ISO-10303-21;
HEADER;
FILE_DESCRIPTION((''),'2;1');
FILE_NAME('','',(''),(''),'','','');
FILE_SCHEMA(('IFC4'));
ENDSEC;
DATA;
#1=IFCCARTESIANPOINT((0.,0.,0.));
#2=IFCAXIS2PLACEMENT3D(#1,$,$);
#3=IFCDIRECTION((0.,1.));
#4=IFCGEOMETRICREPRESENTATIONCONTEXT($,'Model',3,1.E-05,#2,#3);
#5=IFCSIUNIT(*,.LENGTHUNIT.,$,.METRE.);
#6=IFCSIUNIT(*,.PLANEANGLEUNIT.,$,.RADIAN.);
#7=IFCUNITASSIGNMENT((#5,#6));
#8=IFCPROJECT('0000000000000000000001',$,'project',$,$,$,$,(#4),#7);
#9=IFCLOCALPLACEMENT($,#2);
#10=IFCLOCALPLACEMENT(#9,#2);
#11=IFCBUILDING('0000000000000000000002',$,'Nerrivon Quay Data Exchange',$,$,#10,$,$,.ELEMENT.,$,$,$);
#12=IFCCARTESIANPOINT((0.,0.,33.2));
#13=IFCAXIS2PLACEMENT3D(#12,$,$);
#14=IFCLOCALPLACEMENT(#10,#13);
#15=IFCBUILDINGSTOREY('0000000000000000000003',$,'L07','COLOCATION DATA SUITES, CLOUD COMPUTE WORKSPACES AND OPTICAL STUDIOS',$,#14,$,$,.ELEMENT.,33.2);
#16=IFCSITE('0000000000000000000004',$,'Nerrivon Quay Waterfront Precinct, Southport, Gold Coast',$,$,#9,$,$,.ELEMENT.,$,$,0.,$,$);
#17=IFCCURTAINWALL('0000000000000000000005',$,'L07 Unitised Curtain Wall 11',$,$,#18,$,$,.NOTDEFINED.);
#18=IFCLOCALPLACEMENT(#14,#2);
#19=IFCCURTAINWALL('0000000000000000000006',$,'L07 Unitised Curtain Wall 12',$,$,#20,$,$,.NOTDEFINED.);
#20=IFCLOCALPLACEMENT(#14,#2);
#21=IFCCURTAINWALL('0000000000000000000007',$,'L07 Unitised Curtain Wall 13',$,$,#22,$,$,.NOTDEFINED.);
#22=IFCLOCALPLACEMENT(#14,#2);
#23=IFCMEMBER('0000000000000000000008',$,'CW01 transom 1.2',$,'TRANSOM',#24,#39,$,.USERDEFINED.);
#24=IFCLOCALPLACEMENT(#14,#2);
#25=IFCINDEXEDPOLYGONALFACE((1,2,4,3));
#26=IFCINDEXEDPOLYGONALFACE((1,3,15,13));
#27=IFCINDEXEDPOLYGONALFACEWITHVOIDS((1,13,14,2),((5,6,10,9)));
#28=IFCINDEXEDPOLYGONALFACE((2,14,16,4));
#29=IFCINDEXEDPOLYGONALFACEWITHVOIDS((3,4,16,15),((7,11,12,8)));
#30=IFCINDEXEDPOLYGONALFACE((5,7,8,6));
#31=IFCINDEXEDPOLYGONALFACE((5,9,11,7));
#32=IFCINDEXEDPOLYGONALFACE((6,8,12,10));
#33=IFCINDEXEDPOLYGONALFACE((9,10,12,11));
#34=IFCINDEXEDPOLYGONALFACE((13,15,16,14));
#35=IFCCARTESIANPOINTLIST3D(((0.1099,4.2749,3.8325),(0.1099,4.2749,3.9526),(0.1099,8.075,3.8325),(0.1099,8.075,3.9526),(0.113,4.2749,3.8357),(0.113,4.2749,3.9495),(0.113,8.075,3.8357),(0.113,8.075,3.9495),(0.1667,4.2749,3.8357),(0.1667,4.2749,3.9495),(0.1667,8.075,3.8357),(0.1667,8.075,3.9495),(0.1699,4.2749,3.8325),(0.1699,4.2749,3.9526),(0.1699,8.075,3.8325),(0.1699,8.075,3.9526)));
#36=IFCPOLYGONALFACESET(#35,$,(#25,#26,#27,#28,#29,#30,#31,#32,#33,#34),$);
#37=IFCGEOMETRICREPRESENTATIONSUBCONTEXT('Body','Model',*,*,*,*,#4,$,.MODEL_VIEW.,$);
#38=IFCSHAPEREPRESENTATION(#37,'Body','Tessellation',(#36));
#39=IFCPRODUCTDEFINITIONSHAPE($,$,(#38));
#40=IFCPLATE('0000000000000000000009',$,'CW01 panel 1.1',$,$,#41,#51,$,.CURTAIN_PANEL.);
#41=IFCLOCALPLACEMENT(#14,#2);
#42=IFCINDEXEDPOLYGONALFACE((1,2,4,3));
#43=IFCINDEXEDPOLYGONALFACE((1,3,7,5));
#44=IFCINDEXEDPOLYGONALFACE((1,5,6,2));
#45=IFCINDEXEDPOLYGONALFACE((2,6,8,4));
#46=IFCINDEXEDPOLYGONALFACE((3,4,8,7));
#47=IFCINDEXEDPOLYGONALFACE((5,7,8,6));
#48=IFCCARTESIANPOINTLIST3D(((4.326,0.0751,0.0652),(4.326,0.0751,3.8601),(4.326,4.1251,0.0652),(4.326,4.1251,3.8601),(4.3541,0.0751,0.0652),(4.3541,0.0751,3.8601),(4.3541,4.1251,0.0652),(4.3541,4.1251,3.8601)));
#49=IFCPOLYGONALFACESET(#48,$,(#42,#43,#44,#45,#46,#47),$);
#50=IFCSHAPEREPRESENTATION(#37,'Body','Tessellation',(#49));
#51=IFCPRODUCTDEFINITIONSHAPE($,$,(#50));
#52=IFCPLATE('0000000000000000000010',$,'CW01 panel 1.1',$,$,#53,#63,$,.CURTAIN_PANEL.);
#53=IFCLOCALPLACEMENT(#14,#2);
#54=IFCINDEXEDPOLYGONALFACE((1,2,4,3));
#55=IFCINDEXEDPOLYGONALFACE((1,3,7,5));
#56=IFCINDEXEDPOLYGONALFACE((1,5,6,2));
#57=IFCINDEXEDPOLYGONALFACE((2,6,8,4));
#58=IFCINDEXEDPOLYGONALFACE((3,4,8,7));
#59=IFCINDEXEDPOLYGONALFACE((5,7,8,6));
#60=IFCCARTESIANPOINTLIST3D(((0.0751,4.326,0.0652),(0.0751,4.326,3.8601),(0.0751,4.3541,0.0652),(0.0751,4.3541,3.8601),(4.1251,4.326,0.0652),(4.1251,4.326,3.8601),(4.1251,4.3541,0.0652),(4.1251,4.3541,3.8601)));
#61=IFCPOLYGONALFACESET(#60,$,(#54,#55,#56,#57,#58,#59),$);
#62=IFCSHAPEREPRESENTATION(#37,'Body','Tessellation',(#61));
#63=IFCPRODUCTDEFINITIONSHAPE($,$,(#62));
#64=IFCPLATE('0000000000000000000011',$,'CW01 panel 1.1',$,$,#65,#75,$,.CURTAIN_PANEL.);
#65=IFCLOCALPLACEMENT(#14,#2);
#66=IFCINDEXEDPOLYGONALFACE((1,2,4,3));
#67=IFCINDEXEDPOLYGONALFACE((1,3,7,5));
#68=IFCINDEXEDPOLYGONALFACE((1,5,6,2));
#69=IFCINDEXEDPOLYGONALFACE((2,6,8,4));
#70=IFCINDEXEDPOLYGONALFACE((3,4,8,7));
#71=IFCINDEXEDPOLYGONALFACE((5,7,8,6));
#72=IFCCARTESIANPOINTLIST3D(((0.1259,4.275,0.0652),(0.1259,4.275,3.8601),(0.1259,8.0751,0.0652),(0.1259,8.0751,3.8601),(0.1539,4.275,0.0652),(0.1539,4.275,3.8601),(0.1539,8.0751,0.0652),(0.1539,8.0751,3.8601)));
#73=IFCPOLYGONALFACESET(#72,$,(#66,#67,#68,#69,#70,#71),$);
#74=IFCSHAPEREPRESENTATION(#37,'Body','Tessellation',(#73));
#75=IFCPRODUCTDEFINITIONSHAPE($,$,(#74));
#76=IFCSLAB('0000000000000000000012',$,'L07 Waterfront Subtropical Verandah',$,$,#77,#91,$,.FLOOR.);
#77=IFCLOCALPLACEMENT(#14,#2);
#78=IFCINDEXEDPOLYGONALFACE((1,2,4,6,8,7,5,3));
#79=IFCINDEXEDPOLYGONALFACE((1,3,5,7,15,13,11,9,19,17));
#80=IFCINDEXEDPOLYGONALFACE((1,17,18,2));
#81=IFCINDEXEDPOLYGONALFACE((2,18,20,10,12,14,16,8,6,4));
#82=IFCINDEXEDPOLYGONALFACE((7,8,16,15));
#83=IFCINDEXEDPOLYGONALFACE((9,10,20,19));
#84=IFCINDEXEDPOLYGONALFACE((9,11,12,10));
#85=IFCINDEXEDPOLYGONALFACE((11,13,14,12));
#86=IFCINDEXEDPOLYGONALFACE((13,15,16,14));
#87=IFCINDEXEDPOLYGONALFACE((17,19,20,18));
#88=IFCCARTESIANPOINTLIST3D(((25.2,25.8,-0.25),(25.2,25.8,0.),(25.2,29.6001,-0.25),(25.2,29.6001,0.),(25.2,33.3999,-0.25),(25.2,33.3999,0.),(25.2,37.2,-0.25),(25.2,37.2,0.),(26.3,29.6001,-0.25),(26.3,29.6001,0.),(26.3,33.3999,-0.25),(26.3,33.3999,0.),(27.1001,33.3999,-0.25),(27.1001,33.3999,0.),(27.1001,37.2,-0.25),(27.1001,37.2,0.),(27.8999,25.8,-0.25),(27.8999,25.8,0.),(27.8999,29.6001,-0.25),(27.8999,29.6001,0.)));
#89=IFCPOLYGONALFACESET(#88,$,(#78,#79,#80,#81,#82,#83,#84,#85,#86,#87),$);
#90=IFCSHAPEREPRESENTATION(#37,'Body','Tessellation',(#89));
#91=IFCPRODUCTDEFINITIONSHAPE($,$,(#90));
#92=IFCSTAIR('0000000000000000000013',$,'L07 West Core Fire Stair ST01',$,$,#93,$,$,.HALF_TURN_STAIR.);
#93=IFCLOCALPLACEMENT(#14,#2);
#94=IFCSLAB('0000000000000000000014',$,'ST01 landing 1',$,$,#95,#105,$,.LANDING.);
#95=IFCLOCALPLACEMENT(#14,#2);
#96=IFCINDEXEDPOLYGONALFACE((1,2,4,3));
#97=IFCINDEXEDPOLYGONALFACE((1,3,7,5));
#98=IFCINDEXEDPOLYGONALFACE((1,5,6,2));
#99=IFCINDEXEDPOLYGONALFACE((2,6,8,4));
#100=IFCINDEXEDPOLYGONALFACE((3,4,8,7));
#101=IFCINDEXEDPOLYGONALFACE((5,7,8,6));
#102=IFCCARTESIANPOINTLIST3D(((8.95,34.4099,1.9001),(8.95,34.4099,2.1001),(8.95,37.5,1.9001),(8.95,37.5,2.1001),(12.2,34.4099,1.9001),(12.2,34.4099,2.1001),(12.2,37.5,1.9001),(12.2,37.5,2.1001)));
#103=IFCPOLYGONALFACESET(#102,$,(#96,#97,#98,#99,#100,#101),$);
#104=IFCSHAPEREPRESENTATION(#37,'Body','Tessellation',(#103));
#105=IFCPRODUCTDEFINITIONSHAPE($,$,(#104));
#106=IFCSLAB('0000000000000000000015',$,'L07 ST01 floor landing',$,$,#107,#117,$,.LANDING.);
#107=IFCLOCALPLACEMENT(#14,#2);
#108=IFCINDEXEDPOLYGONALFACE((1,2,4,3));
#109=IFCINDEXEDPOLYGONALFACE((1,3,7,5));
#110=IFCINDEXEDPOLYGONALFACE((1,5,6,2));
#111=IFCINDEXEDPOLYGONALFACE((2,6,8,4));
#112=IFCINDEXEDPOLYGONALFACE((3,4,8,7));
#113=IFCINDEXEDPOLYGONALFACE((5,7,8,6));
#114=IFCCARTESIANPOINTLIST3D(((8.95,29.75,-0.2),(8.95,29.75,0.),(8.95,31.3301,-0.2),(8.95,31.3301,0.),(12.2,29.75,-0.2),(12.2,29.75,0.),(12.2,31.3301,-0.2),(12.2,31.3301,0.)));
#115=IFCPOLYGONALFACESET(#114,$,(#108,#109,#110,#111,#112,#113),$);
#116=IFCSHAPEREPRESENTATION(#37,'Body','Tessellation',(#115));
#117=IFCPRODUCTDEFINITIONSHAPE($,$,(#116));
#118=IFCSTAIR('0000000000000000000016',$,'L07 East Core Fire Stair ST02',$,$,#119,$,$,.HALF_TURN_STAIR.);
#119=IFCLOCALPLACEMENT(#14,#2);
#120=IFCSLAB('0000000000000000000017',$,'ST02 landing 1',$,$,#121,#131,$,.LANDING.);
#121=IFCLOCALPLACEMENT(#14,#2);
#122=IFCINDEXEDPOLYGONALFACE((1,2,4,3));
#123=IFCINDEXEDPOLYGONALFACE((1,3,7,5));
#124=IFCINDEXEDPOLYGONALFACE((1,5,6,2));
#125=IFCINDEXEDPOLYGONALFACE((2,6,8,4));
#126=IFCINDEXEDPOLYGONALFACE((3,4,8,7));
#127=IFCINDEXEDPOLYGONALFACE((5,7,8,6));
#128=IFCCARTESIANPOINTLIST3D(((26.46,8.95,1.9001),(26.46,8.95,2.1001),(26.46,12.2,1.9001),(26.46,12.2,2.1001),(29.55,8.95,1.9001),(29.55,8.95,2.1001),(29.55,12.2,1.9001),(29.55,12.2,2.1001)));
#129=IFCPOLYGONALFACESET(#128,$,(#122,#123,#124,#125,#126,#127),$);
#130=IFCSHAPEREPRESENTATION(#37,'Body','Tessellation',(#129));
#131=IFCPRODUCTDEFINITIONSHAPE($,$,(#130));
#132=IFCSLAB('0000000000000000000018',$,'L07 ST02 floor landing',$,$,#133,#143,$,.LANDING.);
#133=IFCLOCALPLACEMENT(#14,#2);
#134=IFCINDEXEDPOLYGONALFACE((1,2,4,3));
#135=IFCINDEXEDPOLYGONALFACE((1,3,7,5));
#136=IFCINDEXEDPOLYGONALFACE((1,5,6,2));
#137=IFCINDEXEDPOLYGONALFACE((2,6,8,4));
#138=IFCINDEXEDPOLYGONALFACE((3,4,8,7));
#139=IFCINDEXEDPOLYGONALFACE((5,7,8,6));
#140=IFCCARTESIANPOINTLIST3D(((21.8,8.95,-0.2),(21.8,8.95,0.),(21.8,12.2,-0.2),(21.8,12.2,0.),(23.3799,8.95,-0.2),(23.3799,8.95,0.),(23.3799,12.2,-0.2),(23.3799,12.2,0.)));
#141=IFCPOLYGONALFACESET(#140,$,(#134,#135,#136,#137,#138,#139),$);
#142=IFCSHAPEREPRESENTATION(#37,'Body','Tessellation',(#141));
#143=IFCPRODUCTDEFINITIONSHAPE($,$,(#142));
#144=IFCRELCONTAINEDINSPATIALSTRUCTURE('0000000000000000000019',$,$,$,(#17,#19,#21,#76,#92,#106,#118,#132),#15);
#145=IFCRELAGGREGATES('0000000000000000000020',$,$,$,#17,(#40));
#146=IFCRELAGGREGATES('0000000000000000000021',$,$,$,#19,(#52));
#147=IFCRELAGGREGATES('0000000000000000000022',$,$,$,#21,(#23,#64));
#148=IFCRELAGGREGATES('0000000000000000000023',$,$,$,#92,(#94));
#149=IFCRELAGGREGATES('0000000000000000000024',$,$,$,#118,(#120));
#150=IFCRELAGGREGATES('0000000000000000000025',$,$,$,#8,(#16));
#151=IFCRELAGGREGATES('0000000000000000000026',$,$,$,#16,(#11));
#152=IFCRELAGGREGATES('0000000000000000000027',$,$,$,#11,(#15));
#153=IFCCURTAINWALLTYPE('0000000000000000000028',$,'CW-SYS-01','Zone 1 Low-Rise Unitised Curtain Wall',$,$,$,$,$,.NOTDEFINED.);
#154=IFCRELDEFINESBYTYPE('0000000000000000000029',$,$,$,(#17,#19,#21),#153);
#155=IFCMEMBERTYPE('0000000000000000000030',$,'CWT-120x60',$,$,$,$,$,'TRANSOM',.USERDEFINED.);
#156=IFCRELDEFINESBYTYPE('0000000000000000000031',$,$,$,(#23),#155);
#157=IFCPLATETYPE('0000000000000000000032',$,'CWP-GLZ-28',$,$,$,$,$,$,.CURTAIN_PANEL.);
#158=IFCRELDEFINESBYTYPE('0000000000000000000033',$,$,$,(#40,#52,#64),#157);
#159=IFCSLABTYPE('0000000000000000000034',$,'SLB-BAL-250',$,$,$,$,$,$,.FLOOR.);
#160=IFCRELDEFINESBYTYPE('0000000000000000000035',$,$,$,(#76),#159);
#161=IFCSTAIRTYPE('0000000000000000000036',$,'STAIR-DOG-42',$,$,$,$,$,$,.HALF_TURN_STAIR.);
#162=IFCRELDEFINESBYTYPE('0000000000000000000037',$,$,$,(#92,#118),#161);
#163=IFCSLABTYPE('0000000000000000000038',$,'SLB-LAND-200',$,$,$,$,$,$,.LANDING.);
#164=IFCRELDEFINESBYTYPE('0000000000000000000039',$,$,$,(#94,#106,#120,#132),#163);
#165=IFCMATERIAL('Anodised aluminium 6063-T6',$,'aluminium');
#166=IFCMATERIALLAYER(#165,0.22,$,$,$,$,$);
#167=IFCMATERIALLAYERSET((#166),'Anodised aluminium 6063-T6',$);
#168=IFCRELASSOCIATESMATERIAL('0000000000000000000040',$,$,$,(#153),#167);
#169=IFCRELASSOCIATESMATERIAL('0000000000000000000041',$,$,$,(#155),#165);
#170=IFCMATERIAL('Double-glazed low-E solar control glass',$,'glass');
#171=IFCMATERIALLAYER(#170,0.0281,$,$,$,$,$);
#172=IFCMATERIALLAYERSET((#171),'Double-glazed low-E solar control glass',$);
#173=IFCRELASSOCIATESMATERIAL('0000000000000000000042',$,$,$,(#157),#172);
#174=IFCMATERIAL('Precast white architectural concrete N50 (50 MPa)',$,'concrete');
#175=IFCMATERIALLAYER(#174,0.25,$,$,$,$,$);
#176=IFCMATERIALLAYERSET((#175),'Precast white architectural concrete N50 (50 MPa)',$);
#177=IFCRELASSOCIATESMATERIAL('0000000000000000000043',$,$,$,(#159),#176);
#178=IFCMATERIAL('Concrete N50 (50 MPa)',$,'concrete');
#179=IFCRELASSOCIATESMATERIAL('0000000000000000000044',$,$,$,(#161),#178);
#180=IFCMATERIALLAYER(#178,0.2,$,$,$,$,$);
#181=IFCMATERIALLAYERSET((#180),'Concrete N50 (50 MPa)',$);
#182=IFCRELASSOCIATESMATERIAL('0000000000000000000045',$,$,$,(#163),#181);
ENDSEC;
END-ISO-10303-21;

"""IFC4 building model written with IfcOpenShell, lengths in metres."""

from ifc_helpers import new_model, si_unit, direction, frame, origin, origin_2d, place, context, subcontext, project, spatial, polyline, rectangle, hollow_rectangle, outline, extrude, material, layer, layer_set, material_profile, profile_set, type_object, element, aggregate, save


model = new_model("IFC4")

# Units and contexts
model_context = context("Model", 3, precision=1e-05, world=origin(), true_north=direction((0.0, 1.0)))
body_context = subcontext(model_context, "Body", "Model", "MODEL_VIEW")
ifc_project = project(units=[si_unit("LENGTHUNIT", "METRE"), si_unit("PLANEANGLEUNIT", "RADIAN")], contexts=[model_context])

# Site, building, storey
site_placement = place(None, origin())
site = spatial("IfcSite", under=ifc_project, at=site_placement, Name="Nerrivon Quay Waterfront Precinct, Southport, Gold Coast", CompositionType="ELEMENT", RefElevation=0.0)
building_placement = place(site_placement, origin())
building = spatial("IfcBuilding", under=site, at=building_placement, Name="Nerrivon Quay Data Exchange", CompositionType="ELEMENT")
storey_placement = place(building_placement, frame((0.0, 0.0, 33.2)))
storey = spatial("IfcBuildingStorey", under=building, at=storey_placement, Name="L07", Description="COLOCATION DATA SUITES, CLOUD COMPUTE WORKSPACES AND OPTICAL STUDIOS", CompositionType="ELEMENT", Elevation=33.2)

# Curtain wall
ifc_material_1 = material(Name="Anodised aluminium 6063-T6", Category="aluminium")
ifc_layer_1 = layer(ifc_material_1, 0.22)
ifc_layer_set_1 = layer_set([ifc_layer_1], Name="Anodised aluminium 6063-T6")
curtain_wall_type = type_object("IfcCurtainWallType", Name="CW-SYS-01", Description="Zone 1 Low-Rise Unitised Curtain Wall", PredefinedType="NOTDEFINED", material=ifc_layer_set_1)
curtain_wall_1_placement = place(storey_placement, origin())
curtain_wall_1 = element("IfcCurtainWall", 1, at=curtain_wall_1_placement, inside=storey, type_object=curtain_wall_type, Name="L07 Unitised Curtain Wall 11", PredefinedType="NOTDEFINED")

# Curtain walls
curtain_wall_2_placement = place(storey_placement, origin())
curtain_wall_2 = element("IfcCurtainWall", 2, at=curtain_wall_2_placement, inside=storey, type_object=curtain_wall_type, Name="L07 Unitised Curtain Wall 12", PredefinedType="NOTDEFINED")
curtain_wall_3_placement = place(storey_placement, origin())
curtain_wall_3 = element("IfcCurtainWall", 3, at=curtain_wall_3_placement, inside=storey, type_object=curtain_wall_type, Name="L07 Unitised Curtain Wall 13", PredefinedType="NOTDEFINED")

# Member
ifc_material_profile_1 = material_profile(ifc_material_1, hollow_rectangle(XDim=0.0601, YDim=0.1201, WallThickness=0.0032, at=origin_2d()), Name="ALU-TRAN-120x60")
ifc_profile_set_1 = profile_set([ifc_material_profile_1], Name="Anodised aluminium 6063-T6")
member_type_1 = type_object("IfcMemberType", Name="CWT-120x60", ElementType="TRANSOM", PredefinedType="USERDEFINED", material=ifc_profile_set_1)
member_1_placement = place(storey_placement, frame((0.1399, 4.2749, 3.8926), z_axis=(0.0, 1.0, 0.0), x_axis=(-1.0, 0.0, 0.0)))
member_1 = element("IfcMember", 4, at=member_1_placement, type_object=member_type_1, Name="CW01 transom 1.2", ObjectType="TRANSOM", PredefinedType="USERDEFINED", context=body_context, shape_type="SweptSolid", body=[
    extrude(hollow_rectangle(XDim=0.0601, YDim=0.1201, WallThickness=0.0032, at=origin_2d()), origin(), (0.0, 0.0, 1.0), 3.8),
])

# Plates
ifc_material_2 = material(Name="Double-glazed low-E solar control glass", Category="glass")
ifc_layer_2 = layer(ifc_material_2, 0.0281)
ifc_layer_set_2 = layer_set([ifc_layer_2], Name="Double-glazed low-E solar control glass")
plate_type = type_object("IfcPlateType", Name="CWP-GLZ-28", PredefinedType="CURTAIN_PANEL", material=ifc_layer_set_2)
plate_1_placement = place(storey_placement, frame((4.3401, 2.1001, 0.0652), z_axis=(0.0, 0.0, 1.0), x_axis=(0.0, 1.0, 0.0)))
plate_1 = element("IfcPlate", 5, at=plate_1_placement, type_object=plate_type, Name="CW01 panel 1.1", PredefinedType="CURTAIN_PANEL", context=body_context, shape_type="SweptSolid", body=[
    extrude(rectangle(XDim=4.05, YDim=0.0281, at=origin_2d()), origin(), (0.0, 0.0, 1.0), 3.7949),
])
aggregate(curtain_wall_1, [plate_1])
plate_2_placement = place(storey_placement, frame((2.1001, 4.3401, 0.0652), z_axis=(0.0, 0.0, 1.0), x_axis=(-1.0, 0.0, 0.0)))
plate_2 = element("IfcPlate", 6, at=plate_2_placement, type_object=plate_type, Name="CW01 panel 1.1", PredefinedType="CURTAIN_PANEL", context=body_context, shape_type="SweptSolid", body=[
    extrude(rectangle(XDim=4.05, YDim=0.0281, at=origin_2d()), origin(), (0.0, 0.0, 1.0), 3.7949),
])
aggregate(curtain_wall_2, [plate_2])
plate_3_placement = place(storey_placement, frame((0.1399, 6.175, 0.0652), z_axis=(0.0, 0.0, 1.0), x_axis=(0.0, 1.0, 0.0)))
plate_3 = element("IfcPlate", 7, at=plate_3_placement, type_object=plate_type, Name="CW01 panel 1.1", PredefinedType="CURTAIN_PANEL", context=body_context, shape_type="SweptSolid", body=[
    extrude(rectangle(XDim=3.8, YDim=0.0281, at=origin_2d()), origin(), (0.0, 0.0, 1.0), 3.7949),
])
aggregate(curtain_wall_3, [member_1, plate_3])

# Slab
ifc_material_3 = material(Name="Precast white architectural concrete N50 (50 MPa)", Category="concrete")
ifc_layer_3 = layer(ifc_material_3, 0.25)
ifc_layer_set_3 = layer_set([ifc_layer_3], Name="Precast white architectural concrete N50 (50 MPa)")
slab_type_1 = type_object("IfcSlabType", Name="SLB-BAL-250", PredefinedType="FLOOR", material=ifc_layer_set_3)
slab_1_placement = place(storey_placement, frame((0.0, 0.0, -0.25)))
element("IfcSlab", 8, at=slab_1_placement, inside=storey, type_object=slab_type_1, Name="L07 Waterfront Subtropical Verandah", PredefinedType="FLOOR", context=body_context, shape_type="SweptSolid", body=[
    extrude(outline(polyline([(26.3, 29.6001), (26.3, 33.3999), (27.1001, 33.3999), (27.1001, 37.2), (25.2, 37.2), (25.2, 33.3999), (25.2, 29.6001), (25.2, 25.8), (27.8999, 25.8), (27.8999, 29.6001), (26.3, 29.6001)])), origin(), (0.0, 0.0, 1.0), 0.25),
])

# Stair, slab
ifc_material_4 = material(Name="Concrete N50 (50 MPa)", Category="concrete")
stair_type = type_object("IfcStairType", Name="STAIR-DOG-42", PredefinedType="HALF_TURN_STAIR", material=ifc_material_4)
stair_1_placement = place(storey_placement, origin())
stair_1 = element("IfcStair", 9, at=stair_1_placement, inside=storey, type_object=stair_type, Name="L07 West Core Fire Stair ST01", PredefinedType="HALF_TURN_STAIR")
ifc_layer_4 = layer(ifc_material_4, 0.2)
ifc_layer_set_4 = layer_set([ifc_layer_4], Name="Concrete N50 (50 MPa)")
slab_type_2 = type_object("IfcSlabType", Name="SLB-LAND-200", PredefinedType="LANDING", material=ifc_layer_set_4)
slab_2_placement = place(storey_placement, frame((0.0, 0.0, 1.9001)))
slab_2 = element("IfcSlab", 10, at=slab_2_placement, type_object=slab_type_2, Name="ST01 landing 1", PredefinedType="LANDING", context=body_context, shape_type="SweptSolid", body=[
    extrude(outline(polyline([(12.2, 34.4099), (12.2, 37.5), (8.95, 37.5), (8.95, 34.4099), (12.2, 34.4099)])), origin(), (0.0, 0.0, 1.0), 0.2),
])
aggregate(stair_1, [slab_2])

# Slab
slab_3_placement = place(storey_placement, frame((0.0, 0.0, -0.2)))
element("IfcSlab", 11, at=slab_3_placement, inside=storey, type_object=slab_type_2, Name="L07 ST01 floor landing", PredefinedType="LANDING", context=body_context, shape_type="SweptSolid", body=[
    extrude(outline(polyline([(12.2, 29.75), (12.2, 31.3301), (8.95, 31.3301), (8.95, 29.75), (12.2, 29.75)])), origin(), (0.0, 0.0, 1.0), 0.2),
])

# Stair, slab
stair_2_placement = place(storey_placement, origin())
stair_2 = element("IfcStair", 12, at=stair_2_placement, inside=storey, type_object=stair_type, Name="L07 East Core Fire Stair ST02", PredefinedType="HALF_TURN_STAIR")
slab_4_placement = place(storey_placement, frame((0.0, 0.0, 1.9001)))
slab_4 = element("IfcSlab", 13, at=slab_4_placement, type_object=slab_type_2, Name="ST02 landing 1", PredefinedType="LANDING", context=body_context, shape_type="SweptSolid", body=[
    extrude(outline(polyline([(26.46, 8.95), (29.55, 8.95), (29.55, 12.2), (26.46, 12.2), (26.46, 8.95)])), origin(), (0.0, 0.0, 1.0), 0.2),
])
aggregate(stair_2, [slab_4])

# Slab
slab_5_placement = place(storey_placement, frame((0.0, 0.0, -0.2)))
element("IfcSlab", 14, at=slab_5_placement, inside=storey, type_object=slab_type_2, Name="L07 ST02 floor landing", PredefinedType="LANDING", context=body_context, shape_type="SweptSolid", body=[
    extrude(outline(polyline([(21.8, 8.95), (23.3799, 8.95), (23.3799, 12.2), (21.8, 12.2), (21.8, 8.95)])), origin(), (0.0, 0.0, 1.0), 0.2),
])

save(model, "model.ifc")
